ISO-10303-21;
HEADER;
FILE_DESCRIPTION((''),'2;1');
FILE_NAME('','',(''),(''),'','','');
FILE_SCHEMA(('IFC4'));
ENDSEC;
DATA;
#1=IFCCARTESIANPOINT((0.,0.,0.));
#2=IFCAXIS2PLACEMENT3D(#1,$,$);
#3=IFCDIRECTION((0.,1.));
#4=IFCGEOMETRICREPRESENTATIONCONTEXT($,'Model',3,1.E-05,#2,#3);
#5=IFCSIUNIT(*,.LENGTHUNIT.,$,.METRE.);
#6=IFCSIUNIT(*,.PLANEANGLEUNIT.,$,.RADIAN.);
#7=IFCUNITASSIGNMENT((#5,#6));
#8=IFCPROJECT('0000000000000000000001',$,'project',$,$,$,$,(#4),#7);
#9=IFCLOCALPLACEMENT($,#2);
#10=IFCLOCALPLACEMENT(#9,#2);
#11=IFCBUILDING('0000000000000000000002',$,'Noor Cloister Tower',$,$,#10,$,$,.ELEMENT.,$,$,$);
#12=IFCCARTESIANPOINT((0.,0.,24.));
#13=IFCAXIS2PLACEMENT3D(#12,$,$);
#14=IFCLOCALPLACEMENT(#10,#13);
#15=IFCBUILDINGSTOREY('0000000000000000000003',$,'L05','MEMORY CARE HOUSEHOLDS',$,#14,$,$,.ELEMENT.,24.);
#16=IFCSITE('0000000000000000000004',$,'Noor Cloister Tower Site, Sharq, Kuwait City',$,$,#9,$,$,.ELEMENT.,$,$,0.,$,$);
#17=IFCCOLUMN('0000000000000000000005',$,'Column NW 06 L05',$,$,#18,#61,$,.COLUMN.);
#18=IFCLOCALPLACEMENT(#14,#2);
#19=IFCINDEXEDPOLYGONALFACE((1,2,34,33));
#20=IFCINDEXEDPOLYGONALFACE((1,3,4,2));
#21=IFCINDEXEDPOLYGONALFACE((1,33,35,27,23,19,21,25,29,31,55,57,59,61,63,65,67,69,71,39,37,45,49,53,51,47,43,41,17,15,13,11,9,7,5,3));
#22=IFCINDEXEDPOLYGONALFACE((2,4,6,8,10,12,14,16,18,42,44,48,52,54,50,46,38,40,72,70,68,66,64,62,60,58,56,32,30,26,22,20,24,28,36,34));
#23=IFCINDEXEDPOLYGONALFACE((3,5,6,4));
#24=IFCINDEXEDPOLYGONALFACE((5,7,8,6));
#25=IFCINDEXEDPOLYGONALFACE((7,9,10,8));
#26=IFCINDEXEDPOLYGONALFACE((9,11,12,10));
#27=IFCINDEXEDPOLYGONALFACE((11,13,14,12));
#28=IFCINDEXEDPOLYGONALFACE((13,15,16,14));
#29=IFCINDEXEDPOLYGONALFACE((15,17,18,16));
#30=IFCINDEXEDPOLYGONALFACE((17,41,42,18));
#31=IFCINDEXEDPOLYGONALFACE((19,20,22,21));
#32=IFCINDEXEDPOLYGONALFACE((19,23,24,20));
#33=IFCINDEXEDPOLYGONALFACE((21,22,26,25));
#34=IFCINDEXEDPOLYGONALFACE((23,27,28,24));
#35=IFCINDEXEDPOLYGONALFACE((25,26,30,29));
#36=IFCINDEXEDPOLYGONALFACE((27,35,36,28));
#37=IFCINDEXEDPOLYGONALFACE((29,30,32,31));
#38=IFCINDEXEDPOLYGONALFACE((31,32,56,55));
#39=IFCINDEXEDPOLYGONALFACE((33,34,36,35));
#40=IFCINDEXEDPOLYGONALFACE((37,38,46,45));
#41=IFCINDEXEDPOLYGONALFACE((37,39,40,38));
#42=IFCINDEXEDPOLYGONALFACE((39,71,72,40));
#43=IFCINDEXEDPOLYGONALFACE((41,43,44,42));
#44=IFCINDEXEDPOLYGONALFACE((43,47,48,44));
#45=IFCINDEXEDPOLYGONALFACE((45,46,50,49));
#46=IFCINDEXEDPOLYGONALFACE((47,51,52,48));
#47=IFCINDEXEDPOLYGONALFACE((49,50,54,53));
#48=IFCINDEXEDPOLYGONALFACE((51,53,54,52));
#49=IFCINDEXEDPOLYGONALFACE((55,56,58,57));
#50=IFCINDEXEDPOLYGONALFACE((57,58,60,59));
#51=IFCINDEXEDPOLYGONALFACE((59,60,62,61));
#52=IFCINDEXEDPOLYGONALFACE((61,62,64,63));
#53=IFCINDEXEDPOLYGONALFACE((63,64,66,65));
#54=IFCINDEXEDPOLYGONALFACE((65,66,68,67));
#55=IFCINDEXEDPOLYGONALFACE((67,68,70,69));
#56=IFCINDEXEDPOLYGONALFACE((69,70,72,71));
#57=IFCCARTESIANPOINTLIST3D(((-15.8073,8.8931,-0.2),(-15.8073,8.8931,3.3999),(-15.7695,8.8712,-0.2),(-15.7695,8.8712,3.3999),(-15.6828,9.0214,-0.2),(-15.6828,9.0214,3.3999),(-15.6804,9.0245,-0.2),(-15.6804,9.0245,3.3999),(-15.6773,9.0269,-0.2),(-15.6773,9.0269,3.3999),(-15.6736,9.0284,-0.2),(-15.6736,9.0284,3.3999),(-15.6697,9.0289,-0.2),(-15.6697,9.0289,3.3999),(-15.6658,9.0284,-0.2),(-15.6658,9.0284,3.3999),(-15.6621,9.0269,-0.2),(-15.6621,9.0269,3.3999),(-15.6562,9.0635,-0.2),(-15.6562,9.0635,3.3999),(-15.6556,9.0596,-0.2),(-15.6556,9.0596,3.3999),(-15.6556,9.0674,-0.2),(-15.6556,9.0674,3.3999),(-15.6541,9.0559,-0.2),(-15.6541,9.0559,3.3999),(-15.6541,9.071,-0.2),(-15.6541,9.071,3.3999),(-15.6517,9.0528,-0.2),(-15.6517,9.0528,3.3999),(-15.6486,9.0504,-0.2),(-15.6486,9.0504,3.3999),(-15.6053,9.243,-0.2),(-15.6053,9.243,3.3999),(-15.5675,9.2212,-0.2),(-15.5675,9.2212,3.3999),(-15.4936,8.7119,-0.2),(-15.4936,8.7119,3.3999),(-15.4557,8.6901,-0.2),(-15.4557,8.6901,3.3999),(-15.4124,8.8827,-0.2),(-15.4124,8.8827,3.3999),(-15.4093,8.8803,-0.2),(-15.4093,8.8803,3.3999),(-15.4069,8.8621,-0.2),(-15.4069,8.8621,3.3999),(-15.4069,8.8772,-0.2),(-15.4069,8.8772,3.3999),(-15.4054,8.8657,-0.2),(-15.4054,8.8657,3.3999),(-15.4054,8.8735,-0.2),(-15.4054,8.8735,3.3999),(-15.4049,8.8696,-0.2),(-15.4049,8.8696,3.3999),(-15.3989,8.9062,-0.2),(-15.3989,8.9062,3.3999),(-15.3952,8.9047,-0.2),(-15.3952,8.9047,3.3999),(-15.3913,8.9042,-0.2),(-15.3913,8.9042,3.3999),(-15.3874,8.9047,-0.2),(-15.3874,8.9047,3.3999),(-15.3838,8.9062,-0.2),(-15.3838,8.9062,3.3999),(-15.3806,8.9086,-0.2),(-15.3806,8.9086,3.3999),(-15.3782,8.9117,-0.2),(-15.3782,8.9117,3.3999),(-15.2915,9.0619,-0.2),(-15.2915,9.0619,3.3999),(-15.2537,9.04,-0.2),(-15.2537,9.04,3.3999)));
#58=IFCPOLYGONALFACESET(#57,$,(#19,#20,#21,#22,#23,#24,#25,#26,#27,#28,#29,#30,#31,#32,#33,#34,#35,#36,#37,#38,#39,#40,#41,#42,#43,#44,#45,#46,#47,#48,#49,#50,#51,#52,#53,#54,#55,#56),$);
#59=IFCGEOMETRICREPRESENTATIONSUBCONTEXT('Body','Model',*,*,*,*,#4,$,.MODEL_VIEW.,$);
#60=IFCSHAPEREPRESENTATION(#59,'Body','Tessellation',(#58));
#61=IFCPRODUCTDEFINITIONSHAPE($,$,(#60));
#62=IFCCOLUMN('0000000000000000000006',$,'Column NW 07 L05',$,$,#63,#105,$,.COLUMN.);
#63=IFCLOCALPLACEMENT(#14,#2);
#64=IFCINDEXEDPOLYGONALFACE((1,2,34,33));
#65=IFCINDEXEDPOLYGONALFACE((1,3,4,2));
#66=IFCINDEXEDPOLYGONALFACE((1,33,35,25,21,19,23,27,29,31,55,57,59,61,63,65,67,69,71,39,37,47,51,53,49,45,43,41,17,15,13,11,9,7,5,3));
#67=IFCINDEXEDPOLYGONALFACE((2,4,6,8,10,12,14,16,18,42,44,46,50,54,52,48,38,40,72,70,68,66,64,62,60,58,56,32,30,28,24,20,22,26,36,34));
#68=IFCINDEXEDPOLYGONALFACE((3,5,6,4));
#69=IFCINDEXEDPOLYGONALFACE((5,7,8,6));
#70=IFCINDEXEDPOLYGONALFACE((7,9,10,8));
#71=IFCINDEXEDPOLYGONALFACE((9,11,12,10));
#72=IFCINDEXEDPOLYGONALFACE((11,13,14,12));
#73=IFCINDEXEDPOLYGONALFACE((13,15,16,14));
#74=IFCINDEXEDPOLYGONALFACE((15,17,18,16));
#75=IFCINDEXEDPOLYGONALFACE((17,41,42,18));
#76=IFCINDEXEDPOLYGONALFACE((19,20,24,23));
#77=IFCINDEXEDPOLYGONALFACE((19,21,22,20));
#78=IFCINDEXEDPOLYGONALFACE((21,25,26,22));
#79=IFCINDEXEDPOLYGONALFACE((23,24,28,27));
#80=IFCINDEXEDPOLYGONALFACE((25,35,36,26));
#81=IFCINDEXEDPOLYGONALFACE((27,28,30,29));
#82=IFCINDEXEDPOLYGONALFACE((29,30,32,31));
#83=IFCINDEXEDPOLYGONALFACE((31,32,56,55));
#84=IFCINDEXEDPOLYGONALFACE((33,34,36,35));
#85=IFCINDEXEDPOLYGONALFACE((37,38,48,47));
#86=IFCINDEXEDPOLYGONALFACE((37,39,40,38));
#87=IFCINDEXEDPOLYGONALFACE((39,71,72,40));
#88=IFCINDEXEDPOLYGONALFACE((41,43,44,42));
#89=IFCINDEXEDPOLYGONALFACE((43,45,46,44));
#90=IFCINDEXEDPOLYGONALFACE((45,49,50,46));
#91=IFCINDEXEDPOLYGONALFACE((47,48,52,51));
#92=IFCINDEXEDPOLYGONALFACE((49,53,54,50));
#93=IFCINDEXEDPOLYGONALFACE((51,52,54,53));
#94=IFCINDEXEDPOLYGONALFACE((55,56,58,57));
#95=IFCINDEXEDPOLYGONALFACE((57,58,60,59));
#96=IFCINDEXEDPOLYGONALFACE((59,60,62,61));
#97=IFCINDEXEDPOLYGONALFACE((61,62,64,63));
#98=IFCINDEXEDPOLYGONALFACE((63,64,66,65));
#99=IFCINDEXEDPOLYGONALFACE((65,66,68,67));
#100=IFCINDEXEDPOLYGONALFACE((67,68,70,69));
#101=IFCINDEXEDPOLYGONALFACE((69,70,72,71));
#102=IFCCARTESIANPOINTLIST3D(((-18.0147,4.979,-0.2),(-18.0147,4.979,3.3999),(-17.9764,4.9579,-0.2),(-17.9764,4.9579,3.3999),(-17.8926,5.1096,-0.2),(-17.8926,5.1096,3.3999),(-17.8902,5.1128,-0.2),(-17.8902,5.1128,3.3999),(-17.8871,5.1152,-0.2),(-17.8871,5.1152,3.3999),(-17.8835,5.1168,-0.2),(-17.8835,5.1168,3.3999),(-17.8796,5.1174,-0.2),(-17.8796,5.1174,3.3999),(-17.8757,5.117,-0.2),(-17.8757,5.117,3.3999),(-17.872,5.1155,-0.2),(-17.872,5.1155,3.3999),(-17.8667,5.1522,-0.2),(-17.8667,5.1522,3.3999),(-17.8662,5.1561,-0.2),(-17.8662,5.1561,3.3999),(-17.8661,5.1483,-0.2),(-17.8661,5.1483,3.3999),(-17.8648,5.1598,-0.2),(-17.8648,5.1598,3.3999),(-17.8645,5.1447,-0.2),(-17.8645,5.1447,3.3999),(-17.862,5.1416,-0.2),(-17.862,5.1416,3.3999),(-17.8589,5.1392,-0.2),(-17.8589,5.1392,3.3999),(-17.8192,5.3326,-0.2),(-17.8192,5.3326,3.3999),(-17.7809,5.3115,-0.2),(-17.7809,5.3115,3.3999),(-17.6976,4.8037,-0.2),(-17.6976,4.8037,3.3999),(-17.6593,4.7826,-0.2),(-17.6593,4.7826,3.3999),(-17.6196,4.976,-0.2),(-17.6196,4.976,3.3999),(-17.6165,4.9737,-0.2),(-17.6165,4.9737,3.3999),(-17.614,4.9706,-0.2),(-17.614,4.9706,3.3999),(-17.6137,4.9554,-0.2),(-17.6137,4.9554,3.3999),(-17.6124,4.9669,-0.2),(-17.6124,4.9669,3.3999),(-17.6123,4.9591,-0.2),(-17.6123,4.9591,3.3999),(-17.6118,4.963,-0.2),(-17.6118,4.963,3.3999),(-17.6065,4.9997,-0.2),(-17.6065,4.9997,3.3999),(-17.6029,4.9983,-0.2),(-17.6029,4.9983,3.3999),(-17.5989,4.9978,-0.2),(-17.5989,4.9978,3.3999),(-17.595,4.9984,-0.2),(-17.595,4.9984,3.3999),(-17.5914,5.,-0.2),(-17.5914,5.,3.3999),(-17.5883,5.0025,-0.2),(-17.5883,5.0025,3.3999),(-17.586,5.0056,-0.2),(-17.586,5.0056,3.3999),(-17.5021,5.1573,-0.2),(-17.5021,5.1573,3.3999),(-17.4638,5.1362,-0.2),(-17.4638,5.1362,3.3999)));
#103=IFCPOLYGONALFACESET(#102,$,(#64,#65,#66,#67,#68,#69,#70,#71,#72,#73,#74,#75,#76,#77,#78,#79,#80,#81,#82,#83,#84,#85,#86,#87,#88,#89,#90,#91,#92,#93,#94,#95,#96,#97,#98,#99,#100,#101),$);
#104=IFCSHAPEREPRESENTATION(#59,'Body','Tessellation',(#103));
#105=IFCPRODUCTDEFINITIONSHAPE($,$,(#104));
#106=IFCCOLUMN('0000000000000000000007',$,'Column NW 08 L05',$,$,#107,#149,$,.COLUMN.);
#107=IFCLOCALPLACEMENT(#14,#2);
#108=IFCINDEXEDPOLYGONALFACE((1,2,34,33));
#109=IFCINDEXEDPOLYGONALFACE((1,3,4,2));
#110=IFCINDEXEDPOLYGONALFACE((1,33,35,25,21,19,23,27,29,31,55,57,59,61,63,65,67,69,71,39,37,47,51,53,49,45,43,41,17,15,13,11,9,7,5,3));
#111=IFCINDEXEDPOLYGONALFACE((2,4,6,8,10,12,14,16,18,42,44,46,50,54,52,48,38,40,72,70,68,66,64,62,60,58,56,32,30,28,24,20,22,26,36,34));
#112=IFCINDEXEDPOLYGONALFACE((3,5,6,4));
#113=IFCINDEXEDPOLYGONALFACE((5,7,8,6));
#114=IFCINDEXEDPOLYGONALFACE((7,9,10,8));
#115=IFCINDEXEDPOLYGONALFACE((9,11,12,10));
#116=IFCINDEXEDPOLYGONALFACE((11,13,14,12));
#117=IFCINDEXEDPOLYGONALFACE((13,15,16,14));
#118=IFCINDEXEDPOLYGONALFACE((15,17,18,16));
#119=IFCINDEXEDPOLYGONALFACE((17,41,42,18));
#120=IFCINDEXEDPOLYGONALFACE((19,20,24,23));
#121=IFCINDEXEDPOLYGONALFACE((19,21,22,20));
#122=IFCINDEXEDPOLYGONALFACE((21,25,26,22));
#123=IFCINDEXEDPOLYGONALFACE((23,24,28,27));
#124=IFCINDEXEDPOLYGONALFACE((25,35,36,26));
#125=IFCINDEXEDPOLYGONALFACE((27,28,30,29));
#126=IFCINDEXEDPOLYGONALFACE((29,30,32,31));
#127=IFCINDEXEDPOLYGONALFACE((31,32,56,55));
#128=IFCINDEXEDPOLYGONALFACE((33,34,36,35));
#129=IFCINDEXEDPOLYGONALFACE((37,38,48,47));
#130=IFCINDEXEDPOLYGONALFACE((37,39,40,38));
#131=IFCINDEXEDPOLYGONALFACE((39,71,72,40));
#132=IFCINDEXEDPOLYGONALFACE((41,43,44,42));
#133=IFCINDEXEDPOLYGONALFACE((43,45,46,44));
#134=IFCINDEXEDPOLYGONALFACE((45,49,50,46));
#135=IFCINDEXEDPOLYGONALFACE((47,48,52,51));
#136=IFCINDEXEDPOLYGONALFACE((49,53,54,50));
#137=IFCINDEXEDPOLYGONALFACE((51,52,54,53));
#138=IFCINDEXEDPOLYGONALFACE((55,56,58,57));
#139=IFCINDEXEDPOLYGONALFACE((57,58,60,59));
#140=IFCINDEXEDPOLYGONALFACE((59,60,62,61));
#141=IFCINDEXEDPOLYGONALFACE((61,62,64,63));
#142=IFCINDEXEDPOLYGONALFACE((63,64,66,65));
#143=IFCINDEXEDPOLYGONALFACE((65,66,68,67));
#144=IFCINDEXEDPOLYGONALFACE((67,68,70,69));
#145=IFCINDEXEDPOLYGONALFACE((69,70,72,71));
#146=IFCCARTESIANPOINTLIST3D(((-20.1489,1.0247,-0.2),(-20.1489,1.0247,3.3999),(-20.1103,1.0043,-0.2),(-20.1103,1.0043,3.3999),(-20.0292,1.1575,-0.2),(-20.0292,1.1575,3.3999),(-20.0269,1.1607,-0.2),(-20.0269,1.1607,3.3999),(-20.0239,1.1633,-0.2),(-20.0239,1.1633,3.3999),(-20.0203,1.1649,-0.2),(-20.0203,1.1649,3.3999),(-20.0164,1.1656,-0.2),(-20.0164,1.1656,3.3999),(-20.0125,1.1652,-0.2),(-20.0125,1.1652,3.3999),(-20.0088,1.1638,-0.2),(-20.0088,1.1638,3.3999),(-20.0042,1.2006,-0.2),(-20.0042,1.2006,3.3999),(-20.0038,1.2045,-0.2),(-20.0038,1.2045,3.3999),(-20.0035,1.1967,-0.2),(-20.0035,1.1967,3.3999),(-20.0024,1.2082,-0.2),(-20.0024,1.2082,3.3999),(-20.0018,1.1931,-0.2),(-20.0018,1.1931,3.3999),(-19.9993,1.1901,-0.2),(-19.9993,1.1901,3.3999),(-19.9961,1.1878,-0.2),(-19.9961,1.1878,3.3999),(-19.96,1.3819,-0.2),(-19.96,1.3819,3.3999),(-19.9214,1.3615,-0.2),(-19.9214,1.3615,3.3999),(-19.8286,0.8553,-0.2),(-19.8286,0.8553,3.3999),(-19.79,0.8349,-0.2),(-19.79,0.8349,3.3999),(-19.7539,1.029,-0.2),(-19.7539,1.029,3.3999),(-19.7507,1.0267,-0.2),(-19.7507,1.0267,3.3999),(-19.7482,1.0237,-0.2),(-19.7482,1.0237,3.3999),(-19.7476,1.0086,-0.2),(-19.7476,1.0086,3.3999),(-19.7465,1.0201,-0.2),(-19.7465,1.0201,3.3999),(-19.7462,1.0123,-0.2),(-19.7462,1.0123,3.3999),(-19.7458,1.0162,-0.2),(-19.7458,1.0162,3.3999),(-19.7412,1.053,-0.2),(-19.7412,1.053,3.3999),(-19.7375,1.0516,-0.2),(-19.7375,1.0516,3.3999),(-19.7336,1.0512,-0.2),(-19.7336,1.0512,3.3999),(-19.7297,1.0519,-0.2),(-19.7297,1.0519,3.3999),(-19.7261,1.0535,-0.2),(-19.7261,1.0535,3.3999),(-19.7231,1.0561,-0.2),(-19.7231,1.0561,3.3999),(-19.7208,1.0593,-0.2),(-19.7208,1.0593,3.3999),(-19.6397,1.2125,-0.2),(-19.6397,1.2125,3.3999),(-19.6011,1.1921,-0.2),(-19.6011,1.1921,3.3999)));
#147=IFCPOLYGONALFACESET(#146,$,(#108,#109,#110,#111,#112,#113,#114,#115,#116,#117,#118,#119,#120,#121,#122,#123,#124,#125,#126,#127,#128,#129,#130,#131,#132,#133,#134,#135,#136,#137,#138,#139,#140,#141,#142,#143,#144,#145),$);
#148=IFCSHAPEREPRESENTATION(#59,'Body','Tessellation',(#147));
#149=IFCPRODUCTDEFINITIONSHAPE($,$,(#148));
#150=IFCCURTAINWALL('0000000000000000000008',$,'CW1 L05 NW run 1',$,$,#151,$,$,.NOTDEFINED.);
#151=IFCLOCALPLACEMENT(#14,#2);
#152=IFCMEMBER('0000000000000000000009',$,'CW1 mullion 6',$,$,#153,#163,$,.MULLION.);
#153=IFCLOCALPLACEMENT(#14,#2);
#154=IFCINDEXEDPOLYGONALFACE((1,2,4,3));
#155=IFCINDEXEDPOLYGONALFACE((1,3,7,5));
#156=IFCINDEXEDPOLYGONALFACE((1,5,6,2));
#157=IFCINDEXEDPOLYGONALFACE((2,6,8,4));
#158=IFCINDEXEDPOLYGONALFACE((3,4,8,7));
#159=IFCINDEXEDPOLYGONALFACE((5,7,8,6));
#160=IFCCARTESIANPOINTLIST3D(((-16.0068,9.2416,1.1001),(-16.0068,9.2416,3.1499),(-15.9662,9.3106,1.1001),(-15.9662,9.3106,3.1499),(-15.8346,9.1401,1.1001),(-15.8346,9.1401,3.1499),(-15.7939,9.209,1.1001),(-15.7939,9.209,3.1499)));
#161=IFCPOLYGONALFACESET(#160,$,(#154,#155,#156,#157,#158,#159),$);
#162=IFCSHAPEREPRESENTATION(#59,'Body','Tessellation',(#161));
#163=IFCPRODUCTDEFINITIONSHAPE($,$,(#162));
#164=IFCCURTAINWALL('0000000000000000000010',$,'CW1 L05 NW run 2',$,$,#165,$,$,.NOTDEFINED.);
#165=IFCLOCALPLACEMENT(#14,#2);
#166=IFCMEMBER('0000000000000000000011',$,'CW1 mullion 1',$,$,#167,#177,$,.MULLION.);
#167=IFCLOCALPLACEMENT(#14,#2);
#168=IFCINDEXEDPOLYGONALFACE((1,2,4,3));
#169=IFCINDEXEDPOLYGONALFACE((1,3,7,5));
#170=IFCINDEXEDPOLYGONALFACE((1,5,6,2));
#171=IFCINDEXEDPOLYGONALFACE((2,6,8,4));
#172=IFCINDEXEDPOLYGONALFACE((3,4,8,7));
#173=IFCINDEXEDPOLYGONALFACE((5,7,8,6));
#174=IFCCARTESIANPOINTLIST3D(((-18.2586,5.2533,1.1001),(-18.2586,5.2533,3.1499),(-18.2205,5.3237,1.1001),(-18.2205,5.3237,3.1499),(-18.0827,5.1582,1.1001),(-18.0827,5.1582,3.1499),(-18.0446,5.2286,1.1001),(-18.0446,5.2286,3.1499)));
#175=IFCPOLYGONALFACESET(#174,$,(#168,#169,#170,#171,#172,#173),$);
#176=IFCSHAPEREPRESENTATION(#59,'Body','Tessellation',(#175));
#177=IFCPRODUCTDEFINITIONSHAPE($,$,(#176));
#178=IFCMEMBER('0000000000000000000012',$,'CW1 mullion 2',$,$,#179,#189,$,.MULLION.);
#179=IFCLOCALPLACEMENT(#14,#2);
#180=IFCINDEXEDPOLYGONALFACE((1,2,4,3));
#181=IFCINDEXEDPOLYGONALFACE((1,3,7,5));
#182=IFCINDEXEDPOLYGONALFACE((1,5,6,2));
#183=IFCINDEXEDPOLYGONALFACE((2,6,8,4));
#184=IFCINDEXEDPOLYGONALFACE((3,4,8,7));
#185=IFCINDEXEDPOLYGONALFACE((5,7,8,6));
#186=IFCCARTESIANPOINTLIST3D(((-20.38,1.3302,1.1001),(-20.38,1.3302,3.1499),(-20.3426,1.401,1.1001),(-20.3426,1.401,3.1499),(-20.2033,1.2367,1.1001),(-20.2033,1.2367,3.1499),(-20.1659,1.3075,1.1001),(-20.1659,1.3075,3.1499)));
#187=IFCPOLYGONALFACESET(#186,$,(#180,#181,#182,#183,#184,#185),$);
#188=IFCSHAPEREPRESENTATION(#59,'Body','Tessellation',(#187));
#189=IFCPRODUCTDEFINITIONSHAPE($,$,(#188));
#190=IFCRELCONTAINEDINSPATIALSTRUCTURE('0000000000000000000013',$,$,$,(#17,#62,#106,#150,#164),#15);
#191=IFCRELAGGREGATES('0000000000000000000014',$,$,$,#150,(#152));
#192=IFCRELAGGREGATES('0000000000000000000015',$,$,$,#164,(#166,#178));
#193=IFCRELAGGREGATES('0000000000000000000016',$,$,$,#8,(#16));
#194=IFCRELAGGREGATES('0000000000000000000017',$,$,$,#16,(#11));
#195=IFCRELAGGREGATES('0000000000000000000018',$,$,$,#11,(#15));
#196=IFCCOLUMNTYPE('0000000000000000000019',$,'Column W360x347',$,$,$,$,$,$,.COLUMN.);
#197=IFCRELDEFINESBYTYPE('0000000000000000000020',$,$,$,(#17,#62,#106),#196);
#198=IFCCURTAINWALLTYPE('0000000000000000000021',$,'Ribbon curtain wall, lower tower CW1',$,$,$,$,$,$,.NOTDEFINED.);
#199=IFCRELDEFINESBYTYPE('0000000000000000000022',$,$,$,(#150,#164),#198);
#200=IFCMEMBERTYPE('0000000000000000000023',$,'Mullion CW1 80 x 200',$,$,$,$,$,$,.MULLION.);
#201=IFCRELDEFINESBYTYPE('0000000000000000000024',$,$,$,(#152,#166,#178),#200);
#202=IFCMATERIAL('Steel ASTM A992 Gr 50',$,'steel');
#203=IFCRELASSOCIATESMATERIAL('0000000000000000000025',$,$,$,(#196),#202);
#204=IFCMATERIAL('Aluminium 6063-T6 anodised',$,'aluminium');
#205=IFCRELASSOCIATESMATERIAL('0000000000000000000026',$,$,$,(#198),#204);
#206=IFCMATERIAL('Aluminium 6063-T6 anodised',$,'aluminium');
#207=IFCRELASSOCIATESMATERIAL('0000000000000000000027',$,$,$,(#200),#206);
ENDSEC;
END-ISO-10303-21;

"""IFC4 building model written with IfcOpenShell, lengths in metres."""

from ifc_helpers import new_model, si_unit, direction, frame, origin, origin_2d, place, context, subcontext, project, spatial, rectangle, i_section, extrude, material, material_profile, profile_set, type_object, element, aggregate, save


model = new_model("IFC4")

# Units and contexts
model_context = context("Model", 3, precision=1e-05, world=origin(), true_north=direction((0.0, 1.0)))
body_context = subcontext(model_context, "Body", "Model", "MODEL_VIEW")
ifc_project = project(units=[si_unit("LENGTHUNIT", "METRE"), si_unit("PLANEANGLEUNIT", "RADIAN")], contexts=[model_context])

# Site, building, storey
site_placement = place(None, origin())
site = spatial("IfcSite", under=ifc_project, at=site_placement, Name="Noor Cloister Tower Site, Sharq, Kuwait City", CompositionType="ELEMENT", RefElevation=0.0)
building_placement = place(site_placement, origin())
building = spatial("IfcBuilding", under=site, at=building_placement, Name="Noor Cloister Tower", CompositionType="ELEMENT")
storey_placement = place(building_placement, frame((0.0, 0.0, 24.0)))
storey = spatial("IfcBuildingStorey", under=building, at=storey_placement, Name="L05", Description="MEMORY CARE HOUSEHOLDS", CompositionType="ELEMENT", Elevation=24.0)

# Columns
ifc_material_1 = material(Name="Steel ASTM A992 Gr 50", Category="steel")
ifc_material_profile_1 = material_profile(ifc_material_1, i_section(OverallWidth=0.4041, OverallDepth=0.406, WebThickness=0.0271, FlangeThickness=0.0437, FilletRadius=0.0151, at=origin_2d()), Name="W360x347")
ifc_profile_set_1 = profile_set([ifc_material_profile_1], Name="Steel ASTM A992 Gr 50")
column_type = type_object("IfcColumnType", Name="Column W360x347", PredefinedType="COLUMN", material=ifc_profile_set_1)
for number, where, z_axis, x_axis, name in (
    (1, (-15.5305, 8.9666, -0.2), (0.0, 0.0, 1.0), (-0.5, -0.866025, 0.0), "Column NW 06 L05"),
    (2, (-17.7393, 5.0576, -0.2), (0.0, 0.0, 1.0), (-0.483847, -0.875153, 0.0), "Column NW 07 L05"),
    (3, (-19.875, 1.1084, -0.2), (0.0, 0.0, 1.0), (-0.467527, -0.883979, 0.0), "Column NW 08 L05"),
):
    element("IfcColumn", number, at=place(storey_placement, frame(where, z_axis=z_axis, x_axis=x_axis)), inside=storey, type_object=column_type, Name=name, PredefinedType="COLUMN", context=body_context, shape_type="SweptSolid", body=[
        extrude(i_section(OverallWidth=0.4041, OverallDepth=0.406, WebThickness=0.0271, FlangeThickness=0.0437, FilletRadius=0.0151, at=origin_2d()), origin(), (0.0, 0.0, 1.0), 3.5999),
    ])

# Curtain wall, member
ifc_material_2 = material(Name="Aluminium 6063-T6 anodised", Category="aluminium")
curtain_wall_type = type_object("IfcCurtainWallType", Name="Ribbon curtain wall, lower tower CW1", PredefinedType="NOTDEFINED", material=ifc_material_2)
curtain_wall_1_placement = place(storey_placement, origin())
curtain_wall_1 = element("IfcCurtainWall", 4, at=curtain_wall_1_placement, inside=storey, type_object=curtain_wall_type, Name="CW1 L05 NW run 1", PredefinedType="NOTDEFINED")
ifc_material_3 = material(Name="Aluminium 6063-T6 anodised", Category="aluminium")
ifc_material_profile_2 = material_profile(ifc_material_3, rectangle(XDim=0.2, YDim=0.0801, at=origin_2d()), Name="200 x 80 mullion")
ifc_profile_set_2 = profile_set([ifc_material_profile_2], Name="Aluminium 6063-T6 anodised")
member_type = type_object("IfcMemberType", Name="Mullion CW1 80 x 200", PredefinedType="MULLION", material=ifc_profile_set_2)
member_1_placement = place(storey_placement, frame((-15.9004, 9.2253, 1.1001), z_axis=(0.0, 0.0, 1.0), x_axis=(0.86135, -0.508012, 0.0)))
member_1 = element("IfcMember", 5, at=member_1_placement, type_object=member_type, Name="CW1 mullion 6", PredefinedType="MULLION", context=body_context, shape_type="SweptSolid", body=[
    extrude(rectangle(XDim=0.2, YDim=0.0801, at=origin_2d()), origin(), (0.0, 0.0, 1.0), 2.0498),
])

# Curtain wall, members
curtain_wall_2_placement = place(storey_placement, origin())
curtain_wall_2 = element("IfcCurtainWall", 6, at=curtain_wall_2_placement, inside=storey, type_object=curtain_wall_type, Name="CW1 L05 NW run 2", PredefinedType="NOTDEFINED")
member_2_placement = place(storey_placement, frame((-18.1516, 5.241, 1.1001), z_axis=(0.0, 0.0, 1.0), x_axis=(0.879604, -0.475707, 0.0)))
member_2 = element("IfcMember", 7, at=member_2_placement, type_object=member_type, Name="CW1 mullion 1", PredefinedType="MULLION", context=body_context, shape_type="SweptSolid", body=[
    extrude(rectangle(XDim=0.2, YDim=0.0801, at=origin_2d()), origin(), (0.0, 0.0, 1.0), 2.0498),
])
member_3_placement = place(storey_placement, frame((-20.2729, 1.3188, 1.1001), z_axis=(0.0, 0.0, 1.0), x_axis=(0.883979, -0.467527, 0.0)))
member_3 = element("IfcMember", 8, at=member_3_placement, type_object=member_type, Name="CW1 mullion 2", PredefinedType="MULLION", context=body_context, shape_type="SweptSolid", body=[
    extrude(rectangle(XDim=0.2, YDim=0.0801, at=origin_2d()), origin(), (0.0, 0.0, 1.0), 2.0498),
])

aggregate(curtain_wall_1, [member_1])
aggregate(curtain_wall_2, [member_2, member_3])

save(model, "model.ifc")
